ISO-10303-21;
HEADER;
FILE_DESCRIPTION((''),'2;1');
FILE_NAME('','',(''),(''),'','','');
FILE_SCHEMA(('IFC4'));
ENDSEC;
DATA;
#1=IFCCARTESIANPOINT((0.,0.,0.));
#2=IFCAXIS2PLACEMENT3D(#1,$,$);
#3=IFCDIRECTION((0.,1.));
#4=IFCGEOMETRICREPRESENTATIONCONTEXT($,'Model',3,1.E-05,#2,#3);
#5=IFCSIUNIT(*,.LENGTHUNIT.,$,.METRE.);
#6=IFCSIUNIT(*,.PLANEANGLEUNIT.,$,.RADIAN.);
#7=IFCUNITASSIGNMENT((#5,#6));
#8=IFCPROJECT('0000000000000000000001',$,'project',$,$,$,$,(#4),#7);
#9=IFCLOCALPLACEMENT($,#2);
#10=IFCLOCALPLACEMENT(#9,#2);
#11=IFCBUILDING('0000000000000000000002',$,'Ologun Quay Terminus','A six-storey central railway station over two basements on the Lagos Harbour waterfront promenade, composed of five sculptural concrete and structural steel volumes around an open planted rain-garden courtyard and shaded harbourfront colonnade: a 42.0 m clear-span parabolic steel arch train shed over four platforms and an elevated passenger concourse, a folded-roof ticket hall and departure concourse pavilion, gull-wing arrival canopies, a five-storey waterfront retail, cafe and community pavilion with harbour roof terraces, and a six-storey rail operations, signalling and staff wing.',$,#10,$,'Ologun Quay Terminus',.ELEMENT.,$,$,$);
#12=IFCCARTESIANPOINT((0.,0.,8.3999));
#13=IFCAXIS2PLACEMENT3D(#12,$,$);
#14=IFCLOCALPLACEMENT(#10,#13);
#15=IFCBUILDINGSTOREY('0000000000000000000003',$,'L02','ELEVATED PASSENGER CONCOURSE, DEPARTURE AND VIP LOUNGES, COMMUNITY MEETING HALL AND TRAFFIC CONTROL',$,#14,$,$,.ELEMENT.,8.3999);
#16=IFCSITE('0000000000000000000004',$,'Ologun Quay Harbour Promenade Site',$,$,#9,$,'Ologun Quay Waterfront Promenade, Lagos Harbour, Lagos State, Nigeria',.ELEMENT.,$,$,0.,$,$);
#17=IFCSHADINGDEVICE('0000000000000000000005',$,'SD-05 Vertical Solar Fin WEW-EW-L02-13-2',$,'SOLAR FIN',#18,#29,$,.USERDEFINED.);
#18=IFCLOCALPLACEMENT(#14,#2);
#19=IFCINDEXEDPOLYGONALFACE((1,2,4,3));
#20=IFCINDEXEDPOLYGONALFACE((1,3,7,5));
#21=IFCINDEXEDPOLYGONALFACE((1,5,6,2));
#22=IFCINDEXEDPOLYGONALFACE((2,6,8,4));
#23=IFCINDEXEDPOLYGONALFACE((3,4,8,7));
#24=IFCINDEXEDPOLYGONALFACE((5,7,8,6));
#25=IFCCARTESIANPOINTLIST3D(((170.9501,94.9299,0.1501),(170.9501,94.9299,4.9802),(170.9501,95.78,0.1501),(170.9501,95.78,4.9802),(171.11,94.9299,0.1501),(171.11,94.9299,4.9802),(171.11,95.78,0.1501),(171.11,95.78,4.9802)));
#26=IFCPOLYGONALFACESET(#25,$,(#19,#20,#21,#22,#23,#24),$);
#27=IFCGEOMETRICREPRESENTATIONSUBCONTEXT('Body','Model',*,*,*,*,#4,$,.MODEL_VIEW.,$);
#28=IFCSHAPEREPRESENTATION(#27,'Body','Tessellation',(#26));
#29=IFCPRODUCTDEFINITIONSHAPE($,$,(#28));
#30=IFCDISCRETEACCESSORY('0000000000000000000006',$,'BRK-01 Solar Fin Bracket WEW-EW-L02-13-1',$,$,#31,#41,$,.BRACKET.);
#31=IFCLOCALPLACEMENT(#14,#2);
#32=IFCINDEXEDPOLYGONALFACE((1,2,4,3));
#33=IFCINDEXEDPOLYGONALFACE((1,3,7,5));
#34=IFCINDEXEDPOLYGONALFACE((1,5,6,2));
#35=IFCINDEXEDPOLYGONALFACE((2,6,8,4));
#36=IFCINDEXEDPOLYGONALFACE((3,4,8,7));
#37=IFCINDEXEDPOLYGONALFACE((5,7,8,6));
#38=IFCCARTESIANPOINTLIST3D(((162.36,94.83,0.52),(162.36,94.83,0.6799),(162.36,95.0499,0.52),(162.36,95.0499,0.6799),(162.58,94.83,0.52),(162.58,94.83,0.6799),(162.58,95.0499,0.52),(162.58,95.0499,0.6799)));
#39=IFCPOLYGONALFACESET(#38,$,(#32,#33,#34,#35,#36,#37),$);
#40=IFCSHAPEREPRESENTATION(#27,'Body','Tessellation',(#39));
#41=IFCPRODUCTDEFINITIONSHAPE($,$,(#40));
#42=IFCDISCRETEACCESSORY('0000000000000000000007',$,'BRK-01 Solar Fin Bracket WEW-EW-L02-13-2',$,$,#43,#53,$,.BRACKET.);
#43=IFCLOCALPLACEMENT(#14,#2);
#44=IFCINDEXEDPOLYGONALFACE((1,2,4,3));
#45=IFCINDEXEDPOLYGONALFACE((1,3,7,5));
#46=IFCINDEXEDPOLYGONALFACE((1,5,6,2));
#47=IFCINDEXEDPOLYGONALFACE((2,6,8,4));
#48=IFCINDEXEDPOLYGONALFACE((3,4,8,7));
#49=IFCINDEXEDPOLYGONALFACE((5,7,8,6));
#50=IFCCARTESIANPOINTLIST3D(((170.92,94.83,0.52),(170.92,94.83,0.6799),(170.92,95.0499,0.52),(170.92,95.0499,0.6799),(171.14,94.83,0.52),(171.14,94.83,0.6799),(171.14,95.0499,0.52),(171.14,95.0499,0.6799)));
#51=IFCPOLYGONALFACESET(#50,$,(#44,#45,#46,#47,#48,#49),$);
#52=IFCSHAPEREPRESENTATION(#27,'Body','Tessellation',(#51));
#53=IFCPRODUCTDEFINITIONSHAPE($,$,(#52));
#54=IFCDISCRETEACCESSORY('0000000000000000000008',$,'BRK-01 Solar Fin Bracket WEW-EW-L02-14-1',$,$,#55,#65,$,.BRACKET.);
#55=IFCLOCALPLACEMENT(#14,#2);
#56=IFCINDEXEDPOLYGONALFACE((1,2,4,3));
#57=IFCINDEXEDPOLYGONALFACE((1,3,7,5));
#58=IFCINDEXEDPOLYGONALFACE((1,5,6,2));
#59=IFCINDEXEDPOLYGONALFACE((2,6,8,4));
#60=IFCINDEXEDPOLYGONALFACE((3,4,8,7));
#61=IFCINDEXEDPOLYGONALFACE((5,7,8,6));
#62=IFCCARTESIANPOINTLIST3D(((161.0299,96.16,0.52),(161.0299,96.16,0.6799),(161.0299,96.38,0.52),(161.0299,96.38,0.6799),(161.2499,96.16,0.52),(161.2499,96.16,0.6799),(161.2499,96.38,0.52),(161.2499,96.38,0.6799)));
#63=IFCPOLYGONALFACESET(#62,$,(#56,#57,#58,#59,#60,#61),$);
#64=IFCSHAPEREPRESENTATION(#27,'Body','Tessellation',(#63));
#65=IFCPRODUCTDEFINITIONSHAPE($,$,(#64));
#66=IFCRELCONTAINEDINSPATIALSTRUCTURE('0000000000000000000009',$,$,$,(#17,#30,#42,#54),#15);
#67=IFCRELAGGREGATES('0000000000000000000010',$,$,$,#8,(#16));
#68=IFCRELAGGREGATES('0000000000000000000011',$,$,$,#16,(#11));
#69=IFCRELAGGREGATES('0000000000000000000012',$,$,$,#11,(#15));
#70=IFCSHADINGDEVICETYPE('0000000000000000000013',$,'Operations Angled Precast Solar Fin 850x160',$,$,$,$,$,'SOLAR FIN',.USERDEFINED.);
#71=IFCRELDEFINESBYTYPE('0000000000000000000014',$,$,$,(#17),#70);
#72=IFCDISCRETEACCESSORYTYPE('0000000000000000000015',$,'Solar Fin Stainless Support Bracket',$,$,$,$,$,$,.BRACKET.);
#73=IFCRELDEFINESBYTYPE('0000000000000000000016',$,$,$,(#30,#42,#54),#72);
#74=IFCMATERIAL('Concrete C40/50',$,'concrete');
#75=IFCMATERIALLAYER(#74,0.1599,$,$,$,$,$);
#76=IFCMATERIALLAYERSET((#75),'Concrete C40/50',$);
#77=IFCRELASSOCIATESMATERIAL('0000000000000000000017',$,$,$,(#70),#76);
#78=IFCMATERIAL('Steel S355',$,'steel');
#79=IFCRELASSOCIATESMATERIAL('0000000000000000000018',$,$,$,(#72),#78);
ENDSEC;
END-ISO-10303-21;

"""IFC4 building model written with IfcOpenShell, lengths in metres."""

from ifc_helpers import new_model, si_unit, direction, frame, origin, origin_2d, place, context, subcontext, project, spatial, rectangle, extrude, material, layer, layer_set, type_object, element, save


model = new_model("IFC4")

# Units and contexts
model_context = context("Model", 3, precision=1e-05, world=origin(), true_north=direction((0.0, 1.0)))
body_context = subcontext(model_context, "Body", "Model", "MODEL_VIEW")
ifc_project = project(units=[si_unit("LENGTHUNIT", "METRE"), si_unit("PLANEANGLEUNIT", "RADIAN")], contexts=[model_context])

# Site, building, storey
site_placement = place(None, origin())
site = spatial("IfcSite", under=ifc_project, at=site_placement, Name="Ologun Quay Harbour Promenade Site", LongName="Ologun Quay Waterfront Promenade, Lagos Harbour, Lagos State, Nigeria", CompositionType="ELEMENT", RefElevation=0.0)
building_placement = place(site_placement, origin())
building = spatial("IfcBuilding", under=site, at=building_placement, Name="Ologun Quay Terminus", Description="A six-storey central railway station over two basements on the Lagos Harbour waterfront promenade, composed of five sculptural concrete and structural steel volumes around an open planted rain-garden courtyard and shaded harbourfront colonnade: a 42.0 m clear-span parabolic steel arch train shed over four platforms and an elevated passenger concourse, a folded-roof ticket hall and departure concourse pavilion, gull-wing arrival canopies, a five-storey waterfront retail, cafe and community pavilion with harbour roof terraces, and a six-storey rail operations, signalling and staff wing.", LongName="Ologun Quay Terminus", CompositionType="ELEMENT")
storey_placement = place(building_placement, frame((0.0, 0.0, 8.3999)))
storey = spatial("IfcBuildingStorey", under=building, at=storey_placement, Name="L02", Description="ELEVATED PASSENGER CONCOURSE, DEPARTURE AND VIP LOUNGES, COMMUNITY MEETING HALL AND TRAFFIC CONTROL", CompositionType="ELEMENT", Elevation=8.3999)

# Shading device
ifc_material_1 = material(Name="Concrete C40/50", Category="concrete")
ifc_layer_1 = layer(ifc_material_1, 0.1599)
ifc_layer_set_1 = layer_set([ifc_layer_1], Name="Concrete C40/50")
shading_device_type = type_object("IfcShadingDeviceType", Name="Operations Angled Precast Solar Fin 850x160", ElementType="SOLAR FIN", PredefinedType="USERDEFINED", material=ifc_layer_set_1)
for number, where, z_axis, x_axis, name in (
    (1, (171.03, 95.355, 0.1501), (0.0, 0.0, 1.0), (1.0, 0.0, 0.0), "SD-05 Vertical Solar Fin WEW-EW-L02-13-2"),
):
    element("IfcShadingDevice", number, at=place(storey_placement, frame(where, z_axis=z_axis, x_axis=x_axis)), inside=storey, type_object=shading_device_type, Name=name, ObjectType="SOLAR FIN", PredefinedType="USERDEFINED", context=body_context, shape_type="SweptSolid", body=[
        extrude(rectangle(XDim=0.1599, YDim=0.8501, at=origin_2d()), origin(), (0.0, 0.0, 1.0), 4.8301),
    ])

# Discrete accessories
ifc_material_2 = material(Name="Steel S355", Category="steel")
discrete_accessory_type = type_object("IfcDiscreteAccessoryType", Name="Solar Fin Stainless Support Bracket", PredefinedType="BRACKET", material=ifc_material_2)
for number, where, z_axis, x_axis, name in (
    (2, (162.47, 94.9399, 0.52), (0.0, 0.0, 1.0), (1.0, 0.0, 0.0), "BRK-01 Solar Fin Bracket WEW-EW-L02-13-1"),
    (3, (171.03, 94.9399, 0.52), (0.0, 0.0, 1.0), (1.0, 0.0, 0.0), "BRK-01 Solar Fin Bracket WEW-EW-L02-13-2"),
    (4, (161.1399, 96.27, 0.52), (0.0, 0.0, 1.0), (1.0, 0.0, 0.0), "BRK-01 Solar Fin Bracket WEW-EW-L02-14-1"),
):
    element("IfcDiscreteAccessory", number, at=place(storey_placement, frame(where, z_axis=z_axis, x_axis=x_axis)), inside=storey, type_object=discrete_accessory_type, Name=name, PredefinedType="BRACKET", context=body_context, shape_type="SweptSolid", body=[
        extrude(rectangle(XDim=0.22, YDim=0.22, at=origin_2d()), origin(), (0.0, 0.0, 1.0), 0.1599),
    ])

save(model, "model.ifc")
